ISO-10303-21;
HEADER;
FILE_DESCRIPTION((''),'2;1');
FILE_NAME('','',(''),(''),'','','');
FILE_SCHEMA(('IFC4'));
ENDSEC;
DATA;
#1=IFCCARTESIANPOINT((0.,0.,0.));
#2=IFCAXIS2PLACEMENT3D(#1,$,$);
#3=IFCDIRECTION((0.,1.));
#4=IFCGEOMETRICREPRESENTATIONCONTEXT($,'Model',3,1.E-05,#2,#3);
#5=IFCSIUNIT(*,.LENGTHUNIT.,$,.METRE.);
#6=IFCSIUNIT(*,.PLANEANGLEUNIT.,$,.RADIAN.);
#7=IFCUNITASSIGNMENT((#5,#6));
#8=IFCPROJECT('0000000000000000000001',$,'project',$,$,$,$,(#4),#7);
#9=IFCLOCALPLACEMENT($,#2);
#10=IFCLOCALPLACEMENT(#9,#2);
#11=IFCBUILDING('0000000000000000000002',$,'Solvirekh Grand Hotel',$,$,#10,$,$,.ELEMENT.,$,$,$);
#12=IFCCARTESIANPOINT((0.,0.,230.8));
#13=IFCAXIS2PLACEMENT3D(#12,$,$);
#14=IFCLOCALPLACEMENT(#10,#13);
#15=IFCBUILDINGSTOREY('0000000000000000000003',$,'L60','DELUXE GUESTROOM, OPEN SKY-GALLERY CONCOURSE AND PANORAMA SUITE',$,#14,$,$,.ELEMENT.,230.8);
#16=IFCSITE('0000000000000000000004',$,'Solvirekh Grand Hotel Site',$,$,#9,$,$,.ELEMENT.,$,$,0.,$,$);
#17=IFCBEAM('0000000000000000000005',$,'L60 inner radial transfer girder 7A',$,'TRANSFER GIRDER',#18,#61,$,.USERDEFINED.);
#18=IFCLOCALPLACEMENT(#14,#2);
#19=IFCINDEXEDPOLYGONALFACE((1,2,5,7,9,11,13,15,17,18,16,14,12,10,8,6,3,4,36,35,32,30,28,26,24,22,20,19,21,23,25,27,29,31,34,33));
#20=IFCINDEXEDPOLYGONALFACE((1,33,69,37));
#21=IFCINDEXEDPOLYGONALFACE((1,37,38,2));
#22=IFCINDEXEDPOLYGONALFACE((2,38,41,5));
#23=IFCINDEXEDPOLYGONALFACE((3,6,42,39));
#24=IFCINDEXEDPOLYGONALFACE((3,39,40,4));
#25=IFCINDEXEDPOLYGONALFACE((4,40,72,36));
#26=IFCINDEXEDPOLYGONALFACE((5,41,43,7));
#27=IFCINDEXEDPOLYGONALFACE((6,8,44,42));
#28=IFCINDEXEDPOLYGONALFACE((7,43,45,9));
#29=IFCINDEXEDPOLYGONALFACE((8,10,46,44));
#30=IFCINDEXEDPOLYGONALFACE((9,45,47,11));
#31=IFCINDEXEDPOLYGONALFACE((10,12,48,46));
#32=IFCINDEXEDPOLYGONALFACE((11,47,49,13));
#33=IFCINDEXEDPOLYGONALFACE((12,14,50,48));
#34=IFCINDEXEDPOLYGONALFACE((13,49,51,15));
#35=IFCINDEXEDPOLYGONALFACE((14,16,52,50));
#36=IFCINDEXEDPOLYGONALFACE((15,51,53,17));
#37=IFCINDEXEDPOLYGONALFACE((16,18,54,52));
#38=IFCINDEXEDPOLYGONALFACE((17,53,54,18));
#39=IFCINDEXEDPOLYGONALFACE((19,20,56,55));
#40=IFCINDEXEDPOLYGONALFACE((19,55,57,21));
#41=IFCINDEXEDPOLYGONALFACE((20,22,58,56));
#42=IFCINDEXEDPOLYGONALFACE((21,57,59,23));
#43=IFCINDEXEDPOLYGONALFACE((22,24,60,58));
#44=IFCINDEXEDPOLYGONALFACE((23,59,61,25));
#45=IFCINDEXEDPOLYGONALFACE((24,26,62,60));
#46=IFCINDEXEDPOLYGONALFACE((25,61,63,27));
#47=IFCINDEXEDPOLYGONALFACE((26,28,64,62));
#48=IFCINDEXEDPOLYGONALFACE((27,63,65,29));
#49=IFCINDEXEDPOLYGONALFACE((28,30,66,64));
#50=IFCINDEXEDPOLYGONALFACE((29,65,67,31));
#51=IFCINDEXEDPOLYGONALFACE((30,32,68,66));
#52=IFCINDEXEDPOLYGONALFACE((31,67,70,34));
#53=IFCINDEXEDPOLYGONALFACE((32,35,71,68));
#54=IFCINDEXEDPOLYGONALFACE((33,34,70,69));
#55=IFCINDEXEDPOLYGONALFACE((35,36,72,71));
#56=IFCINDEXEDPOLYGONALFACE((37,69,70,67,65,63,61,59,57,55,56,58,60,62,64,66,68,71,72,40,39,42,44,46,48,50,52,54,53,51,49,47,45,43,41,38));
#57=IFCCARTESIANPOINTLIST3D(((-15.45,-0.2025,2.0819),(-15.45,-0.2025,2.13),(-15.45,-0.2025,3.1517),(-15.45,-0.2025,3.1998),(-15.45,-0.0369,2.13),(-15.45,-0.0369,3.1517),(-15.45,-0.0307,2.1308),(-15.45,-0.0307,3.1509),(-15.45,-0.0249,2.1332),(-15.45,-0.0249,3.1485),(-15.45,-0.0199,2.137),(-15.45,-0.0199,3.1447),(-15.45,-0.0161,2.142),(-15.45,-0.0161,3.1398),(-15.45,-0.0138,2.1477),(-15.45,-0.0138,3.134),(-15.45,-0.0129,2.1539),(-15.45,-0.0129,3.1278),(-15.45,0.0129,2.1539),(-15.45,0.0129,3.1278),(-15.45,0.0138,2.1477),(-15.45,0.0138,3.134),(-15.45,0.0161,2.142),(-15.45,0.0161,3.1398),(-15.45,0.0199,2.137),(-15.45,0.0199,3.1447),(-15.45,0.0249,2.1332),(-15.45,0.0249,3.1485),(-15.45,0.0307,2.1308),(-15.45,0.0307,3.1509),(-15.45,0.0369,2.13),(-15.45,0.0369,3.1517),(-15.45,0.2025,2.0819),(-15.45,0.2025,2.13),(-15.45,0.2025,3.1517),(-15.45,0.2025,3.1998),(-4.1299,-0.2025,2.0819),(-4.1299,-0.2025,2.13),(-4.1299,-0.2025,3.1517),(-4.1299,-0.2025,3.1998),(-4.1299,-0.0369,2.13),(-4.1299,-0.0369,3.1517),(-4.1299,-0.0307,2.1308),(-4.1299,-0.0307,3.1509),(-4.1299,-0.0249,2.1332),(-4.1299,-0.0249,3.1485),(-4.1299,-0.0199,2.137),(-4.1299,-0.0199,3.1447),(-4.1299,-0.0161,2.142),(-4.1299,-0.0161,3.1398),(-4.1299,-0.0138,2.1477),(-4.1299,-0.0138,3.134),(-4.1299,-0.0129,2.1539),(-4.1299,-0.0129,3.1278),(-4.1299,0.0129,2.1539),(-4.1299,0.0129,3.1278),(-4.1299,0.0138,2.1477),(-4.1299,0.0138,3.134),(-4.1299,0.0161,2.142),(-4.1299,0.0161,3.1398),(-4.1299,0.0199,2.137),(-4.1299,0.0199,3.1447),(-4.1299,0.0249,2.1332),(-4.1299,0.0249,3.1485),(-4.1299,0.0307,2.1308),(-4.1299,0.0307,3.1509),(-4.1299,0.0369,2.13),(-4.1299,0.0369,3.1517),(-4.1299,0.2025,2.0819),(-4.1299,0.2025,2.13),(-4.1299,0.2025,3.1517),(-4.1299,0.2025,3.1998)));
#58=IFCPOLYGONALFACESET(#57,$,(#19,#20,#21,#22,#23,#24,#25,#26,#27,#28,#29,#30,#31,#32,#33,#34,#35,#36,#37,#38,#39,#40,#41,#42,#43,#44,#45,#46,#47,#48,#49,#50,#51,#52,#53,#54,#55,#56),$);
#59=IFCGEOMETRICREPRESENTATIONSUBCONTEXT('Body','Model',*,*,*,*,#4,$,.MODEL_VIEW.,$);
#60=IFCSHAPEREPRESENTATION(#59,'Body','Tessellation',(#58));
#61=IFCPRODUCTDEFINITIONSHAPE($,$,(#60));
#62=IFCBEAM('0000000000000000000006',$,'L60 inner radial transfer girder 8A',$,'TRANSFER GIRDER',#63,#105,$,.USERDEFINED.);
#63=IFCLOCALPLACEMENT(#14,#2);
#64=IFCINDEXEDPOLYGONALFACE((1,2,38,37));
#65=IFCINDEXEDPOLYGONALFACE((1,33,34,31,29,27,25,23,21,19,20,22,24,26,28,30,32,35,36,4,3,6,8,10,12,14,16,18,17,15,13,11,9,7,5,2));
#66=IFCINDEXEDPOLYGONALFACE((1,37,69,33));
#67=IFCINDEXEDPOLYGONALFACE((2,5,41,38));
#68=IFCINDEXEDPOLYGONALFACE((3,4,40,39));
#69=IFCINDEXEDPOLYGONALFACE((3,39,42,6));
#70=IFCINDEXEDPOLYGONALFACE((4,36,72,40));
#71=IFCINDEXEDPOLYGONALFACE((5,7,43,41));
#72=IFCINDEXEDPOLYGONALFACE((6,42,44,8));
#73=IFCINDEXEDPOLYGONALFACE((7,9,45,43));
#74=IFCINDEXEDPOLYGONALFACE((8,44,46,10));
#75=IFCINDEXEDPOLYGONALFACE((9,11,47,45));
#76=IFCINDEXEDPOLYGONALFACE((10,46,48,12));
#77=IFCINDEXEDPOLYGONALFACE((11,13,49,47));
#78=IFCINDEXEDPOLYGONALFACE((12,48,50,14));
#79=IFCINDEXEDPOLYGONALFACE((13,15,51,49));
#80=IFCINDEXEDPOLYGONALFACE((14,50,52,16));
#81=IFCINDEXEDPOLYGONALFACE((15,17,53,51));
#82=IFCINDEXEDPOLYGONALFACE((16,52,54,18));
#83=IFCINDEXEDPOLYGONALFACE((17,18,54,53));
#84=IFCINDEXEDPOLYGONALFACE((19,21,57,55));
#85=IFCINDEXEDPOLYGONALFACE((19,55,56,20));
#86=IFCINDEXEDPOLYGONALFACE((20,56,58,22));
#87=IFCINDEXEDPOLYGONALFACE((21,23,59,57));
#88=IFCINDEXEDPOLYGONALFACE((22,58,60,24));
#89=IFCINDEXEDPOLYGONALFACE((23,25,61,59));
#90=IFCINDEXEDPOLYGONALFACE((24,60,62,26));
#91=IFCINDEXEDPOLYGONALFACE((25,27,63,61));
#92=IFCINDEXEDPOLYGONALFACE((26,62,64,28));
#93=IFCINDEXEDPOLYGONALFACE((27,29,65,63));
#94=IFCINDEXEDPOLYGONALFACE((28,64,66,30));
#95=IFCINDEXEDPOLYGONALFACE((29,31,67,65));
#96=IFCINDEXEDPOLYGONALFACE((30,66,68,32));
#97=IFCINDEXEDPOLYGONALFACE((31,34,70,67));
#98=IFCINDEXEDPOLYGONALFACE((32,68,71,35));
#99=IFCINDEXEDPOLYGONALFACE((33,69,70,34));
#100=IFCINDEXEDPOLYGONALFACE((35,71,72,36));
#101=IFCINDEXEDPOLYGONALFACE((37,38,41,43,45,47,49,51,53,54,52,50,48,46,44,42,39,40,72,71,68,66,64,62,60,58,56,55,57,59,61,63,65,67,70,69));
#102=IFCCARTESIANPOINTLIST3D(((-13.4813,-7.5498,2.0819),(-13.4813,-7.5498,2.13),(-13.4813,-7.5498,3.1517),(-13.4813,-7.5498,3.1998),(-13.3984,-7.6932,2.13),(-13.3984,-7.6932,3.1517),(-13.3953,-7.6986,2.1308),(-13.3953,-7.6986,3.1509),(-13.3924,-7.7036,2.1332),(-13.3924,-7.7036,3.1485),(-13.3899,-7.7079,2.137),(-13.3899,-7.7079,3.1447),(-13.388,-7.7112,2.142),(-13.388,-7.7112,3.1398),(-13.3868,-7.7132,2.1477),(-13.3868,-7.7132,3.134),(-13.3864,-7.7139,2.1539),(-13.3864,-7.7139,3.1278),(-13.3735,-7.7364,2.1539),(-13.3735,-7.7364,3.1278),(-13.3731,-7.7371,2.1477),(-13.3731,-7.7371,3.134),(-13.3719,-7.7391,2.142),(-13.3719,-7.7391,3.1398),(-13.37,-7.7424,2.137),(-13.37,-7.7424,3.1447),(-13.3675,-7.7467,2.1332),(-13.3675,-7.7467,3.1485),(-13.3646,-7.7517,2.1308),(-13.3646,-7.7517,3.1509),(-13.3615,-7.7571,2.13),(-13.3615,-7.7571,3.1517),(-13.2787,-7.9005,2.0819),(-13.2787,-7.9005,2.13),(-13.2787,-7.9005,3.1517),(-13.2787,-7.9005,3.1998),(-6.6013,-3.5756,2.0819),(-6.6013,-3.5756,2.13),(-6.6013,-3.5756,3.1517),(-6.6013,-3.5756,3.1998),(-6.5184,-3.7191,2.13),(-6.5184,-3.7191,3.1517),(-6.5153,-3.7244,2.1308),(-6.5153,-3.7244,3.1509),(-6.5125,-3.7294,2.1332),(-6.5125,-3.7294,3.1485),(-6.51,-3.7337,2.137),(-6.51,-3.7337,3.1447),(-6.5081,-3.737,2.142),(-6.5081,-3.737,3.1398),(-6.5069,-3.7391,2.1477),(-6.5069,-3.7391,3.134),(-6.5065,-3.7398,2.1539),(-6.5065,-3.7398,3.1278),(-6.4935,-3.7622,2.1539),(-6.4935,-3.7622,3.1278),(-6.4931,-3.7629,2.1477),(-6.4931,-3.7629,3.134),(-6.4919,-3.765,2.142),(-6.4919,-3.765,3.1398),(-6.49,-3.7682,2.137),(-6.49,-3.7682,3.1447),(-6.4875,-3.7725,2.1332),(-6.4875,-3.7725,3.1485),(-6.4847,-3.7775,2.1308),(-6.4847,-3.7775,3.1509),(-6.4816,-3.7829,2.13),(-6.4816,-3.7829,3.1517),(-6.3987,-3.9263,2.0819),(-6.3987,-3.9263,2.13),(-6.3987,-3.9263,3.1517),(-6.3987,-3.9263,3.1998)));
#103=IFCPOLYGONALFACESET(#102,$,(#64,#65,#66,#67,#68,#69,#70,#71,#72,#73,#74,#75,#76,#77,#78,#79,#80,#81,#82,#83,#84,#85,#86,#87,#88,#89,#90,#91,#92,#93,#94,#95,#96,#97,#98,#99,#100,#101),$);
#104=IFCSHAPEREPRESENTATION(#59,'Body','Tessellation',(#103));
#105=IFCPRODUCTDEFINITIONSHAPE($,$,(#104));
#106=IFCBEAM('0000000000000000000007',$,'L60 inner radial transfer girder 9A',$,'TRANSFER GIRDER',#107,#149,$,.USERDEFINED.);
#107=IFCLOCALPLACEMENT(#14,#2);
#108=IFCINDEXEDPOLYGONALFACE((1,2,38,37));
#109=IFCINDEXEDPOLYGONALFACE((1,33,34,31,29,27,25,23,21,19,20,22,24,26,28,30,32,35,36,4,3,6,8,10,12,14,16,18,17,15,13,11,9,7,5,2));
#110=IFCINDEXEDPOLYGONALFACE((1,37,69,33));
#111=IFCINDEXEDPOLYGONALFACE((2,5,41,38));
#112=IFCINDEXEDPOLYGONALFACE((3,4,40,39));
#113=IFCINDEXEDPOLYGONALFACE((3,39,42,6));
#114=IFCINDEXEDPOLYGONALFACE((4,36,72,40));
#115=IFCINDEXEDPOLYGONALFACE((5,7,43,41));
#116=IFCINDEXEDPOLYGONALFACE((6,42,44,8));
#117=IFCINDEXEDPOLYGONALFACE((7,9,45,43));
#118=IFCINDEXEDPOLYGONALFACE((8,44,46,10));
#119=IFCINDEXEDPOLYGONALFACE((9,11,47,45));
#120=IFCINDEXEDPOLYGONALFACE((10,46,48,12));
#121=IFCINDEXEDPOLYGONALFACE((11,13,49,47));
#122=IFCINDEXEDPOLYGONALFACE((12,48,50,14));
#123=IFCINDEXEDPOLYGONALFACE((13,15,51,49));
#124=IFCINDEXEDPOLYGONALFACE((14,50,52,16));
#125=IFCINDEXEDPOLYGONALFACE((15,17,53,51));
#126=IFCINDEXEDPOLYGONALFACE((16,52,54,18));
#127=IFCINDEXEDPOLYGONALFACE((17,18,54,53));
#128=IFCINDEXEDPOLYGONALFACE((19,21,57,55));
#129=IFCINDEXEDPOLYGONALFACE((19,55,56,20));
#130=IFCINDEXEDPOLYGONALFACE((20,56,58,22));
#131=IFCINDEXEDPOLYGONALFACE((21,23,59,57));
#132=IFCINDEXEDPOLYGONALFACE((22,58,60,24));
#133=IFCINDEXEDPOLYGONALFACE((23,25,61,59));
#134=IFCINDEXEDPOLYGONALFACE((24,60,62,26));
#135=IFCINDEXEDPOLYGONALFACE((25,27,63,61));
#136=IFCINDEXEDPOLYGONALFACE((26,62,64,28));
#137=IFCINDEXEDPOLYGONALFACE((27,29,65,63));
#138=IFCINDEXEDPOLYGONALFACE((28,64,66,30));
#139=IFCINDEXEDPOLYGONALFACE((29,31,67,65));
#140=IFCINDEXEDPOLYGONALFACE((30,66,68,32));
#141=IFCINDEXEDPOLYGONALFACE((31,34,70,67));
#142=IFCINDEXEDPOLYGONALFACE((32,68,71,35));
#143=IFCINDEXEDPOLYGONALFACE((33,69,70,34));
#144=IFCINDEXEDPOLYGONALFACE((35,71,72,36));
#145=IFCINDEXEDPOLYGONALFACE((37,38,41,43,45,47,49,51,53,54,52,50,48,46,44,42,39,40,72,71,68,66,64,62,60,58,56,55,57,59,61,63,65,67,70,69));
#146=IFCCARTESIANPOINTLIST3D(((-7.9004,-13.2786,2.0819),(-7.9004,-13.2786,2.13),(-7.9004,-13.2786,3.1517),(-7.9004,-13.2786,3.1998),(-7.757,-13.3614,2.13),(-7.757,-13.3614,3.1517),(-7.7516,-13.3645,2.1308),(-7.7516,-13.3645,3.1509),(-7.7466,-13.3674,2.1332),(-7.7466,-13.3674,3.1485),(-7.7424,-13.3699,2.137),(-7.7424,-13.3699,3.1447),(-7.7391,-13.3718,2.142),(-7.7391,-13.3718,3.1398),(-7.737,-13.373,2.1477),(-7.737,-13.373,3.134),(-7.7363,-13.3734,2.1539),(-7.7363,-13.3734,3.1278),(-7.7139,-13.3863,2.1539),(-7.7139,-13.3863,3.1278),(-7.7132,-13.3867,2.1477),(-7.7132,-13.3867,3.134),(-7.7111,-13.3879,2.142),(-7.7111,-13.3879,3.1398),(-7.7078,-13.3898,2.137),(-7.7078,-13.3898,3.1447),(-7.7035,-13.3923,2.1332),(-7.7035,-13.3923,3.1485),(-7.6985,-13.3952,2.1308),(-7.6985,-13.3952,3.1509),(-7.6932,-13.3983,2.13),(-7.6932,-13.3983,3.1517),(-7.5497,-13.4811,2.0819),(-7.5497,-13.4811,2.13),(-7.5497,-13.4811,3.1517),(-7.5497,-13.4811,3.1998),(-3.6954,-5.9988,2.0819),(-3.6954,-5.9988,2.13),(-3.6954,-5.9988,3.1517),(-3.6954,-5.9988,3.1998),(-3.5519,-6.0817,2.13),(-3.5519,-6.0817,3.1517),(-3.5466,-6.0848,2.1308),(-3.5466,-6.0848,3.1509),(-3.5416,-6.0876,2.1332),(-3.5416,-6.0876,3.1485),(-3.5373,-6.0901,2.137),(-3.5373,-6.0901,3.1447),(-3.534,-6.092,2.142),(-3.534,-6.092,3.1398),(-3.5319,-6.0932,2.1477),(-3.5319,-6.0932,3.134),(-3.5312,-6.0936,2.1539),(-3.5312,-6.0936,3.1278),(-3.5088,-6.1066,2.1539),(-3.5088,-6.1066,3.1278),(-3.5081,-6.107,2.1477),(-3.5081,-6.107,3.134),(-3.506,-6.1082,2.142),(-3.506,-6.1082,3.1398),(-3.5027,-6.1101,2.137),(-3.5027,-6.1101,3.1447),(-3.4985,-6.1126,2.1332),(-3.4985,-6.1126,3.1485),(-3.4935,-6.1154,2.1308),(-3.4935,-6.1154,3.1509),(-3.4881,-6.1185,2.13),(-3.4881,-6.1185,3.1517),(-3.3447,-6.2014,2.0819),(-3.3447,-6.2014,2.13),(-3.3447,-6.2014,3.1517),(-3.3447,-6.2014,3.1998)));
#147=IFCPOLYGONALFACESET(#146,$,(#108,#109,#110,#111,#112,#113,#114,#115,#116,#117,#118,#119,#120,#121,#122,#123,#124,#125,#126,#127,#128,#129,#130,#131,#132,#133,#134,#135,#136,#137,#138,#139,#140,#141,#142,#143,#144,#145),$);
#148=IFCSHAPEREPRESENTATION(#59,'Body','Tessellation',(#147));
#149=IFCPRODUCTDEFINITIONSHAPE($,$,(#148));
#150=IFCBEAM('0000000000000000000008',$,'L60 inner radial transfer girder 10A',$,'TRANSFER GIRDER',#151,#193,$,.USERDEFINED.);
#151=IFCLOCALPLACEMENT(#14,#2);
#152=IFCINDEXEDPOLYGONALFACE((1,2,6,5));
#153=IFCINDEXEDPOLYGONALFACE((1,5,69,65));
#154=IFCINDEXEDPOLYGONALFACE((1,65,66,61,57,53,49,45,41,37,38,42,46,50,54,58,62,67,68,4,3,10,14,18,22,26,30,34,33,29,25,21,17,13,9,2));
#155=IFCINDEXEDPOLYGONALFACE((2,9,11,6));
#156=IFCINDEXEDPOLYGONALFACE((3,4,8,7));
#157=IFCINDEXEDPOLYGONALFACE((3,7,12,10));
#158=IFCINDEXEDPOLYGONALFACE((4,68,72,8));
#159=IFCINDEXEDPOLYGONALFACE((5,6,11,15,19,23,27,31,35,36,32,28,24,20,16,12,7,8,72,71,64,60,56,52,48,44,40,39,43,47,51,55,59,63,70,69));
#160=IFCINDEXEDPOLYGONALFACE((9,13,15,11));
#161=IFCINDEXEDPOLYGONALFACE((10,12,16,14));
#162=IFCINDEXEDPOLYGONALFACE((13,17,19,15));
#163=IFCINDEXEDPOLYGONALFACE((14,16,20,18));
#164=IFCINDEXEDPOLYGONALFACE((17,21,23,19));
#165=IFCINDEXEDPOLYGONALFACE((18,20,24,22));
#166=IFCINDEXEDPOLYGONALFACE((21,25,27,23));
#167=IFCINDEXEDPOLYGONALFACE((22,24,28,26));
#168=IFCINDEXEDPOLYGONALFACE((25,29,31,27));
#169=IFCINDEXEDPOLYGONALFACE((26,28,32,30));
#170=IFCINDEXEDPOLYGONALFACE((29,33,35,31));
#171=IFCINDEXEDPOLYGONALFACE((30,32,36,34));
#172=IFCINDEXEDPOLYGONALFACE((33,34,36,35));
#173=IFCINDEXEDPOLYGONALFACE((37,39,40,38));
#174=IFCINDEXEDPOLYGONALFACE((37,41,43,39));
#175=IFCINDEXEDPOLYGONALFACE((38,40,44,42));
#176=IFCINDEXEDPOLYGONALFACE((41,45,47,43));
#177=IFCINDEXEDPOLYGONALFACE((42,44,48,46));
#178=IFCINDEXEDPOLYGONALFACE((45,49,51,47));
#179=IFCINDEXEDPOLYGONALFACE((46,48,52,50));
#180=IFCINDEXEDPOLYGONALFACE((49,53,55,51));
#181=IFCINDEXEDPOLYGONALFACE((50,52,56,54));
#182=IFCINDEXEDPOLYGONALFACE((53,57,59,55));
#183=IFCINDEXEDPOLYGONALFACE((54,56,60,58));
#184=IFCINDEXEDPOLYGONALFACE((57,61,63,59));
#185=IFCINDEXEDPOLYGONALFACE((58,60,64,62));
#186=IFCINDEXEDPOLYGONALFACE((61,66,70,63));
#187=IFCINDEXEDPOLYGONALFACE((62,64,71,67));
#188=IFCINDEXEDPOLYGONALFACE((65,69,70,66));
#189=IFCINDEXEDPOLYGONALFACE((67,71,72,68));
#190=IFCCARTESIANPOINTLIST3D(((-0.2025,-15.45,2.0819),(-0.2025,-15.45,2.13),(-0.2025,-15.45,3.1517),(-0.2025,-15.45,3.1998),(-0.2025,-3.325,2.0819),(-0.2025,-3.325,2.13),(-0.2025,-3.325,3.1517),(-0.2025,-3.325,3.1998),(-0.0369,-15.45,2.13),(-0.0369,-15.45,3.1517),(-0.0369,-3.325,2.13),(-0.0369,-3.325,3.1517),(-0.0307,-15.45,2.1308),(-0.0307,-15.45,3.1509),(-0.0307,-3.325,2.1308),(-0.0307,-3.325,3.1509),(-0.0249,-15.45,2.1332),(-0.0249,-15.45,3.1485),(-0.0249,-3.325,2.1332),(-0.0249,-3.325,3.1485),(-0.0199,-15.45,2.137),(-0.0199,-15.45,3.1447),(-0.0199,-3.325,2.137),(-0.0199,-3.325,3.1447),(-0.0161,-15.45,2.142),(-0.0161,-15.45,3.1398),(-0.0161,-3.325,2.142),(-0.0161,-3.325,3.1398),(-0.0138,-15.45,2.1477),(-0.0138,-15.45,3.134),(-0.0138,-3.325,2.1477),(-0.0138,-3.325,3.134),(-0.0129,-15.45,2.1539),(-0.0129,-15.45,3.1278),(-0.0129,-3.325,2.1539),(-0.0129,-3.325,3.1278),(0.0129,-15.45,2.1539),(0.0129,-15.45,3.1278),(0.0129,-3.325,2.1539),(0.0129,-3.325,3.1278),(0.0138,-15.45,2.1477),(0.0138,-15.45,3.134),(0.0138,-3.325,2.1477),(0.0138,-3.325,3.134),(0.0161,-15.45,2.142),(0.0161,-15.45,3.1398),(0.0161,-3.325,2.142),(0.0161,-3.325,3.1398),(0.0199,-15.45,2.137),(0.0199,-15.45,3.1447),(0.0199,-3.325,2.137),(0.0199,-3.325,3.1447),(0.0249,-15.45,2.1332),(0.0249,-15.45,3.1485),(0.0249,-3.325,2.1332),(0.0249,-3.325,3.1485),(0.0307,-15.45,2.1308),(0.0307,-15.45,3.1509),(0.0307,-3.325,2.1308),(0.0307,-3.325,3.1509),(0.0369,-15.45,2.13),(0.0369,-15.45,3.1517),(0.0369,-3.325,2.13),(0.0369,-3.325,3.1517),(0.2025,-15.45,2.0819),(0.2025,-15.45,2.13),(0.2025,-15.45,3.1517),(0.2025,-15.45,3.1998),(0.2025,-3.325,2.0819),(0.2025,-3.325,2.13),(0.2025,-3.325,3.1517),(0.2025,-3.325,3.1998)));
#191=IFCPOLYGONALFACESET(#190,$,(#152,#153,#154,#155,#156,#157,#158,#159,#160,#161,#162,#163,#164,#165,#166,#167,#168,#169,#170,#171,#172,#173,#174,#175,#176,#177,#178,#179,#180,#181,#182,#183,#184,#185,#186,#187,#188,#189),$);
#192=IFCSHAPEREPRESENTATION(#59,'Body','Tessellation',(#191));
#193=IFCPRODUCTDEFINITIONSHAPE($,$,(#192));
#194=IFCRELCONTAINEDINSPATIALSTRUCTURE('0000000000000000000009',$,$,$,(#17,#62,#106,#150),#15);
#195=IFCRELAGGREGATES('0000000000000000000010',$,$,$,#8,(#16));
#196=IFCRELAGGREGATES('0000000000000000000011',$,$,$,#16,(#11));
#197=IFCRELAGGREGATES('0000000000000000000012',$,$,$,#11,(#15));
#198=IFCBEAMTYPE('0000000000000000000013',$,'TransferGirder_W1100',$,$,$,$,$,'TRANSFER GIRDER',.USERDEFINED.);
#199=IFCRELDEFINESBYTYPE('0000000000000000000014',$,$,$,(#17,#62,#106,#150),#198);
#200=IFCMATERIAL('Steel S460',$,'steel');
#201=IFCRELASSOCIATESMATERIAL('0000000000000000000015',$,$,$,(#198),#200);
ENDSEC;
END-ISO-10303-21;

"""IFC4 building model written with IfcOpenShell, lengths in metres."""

from ifc_helpers import new_model, si_unit, direction, frame, origin, origin_2d, place, context, subcontext, project, spatial, i_section, extrude, material, material_profile, profile_set, type_object, element, save


model = new_model("IFC4")

# Units and contexts
model_context = context("Model", 3, precision=1e-05, world=origin(), true_north=direction((0.0, 1.0)))
body_context = subcontext(model_context, "Body", "Model", "MODEL_VIEW")
ifc_project = project(units=[si_unit("LENGTHUNIT", "METRE"), si_unit("PLANEANGLEUNIT", "RADIAN")], contexts=[model_context])

# Site, building, storey
site_placement = place(None, origin())
site = spatial("IfcSite", under=ifc_project, at=site_placement, Name="Solvirekh Grand Hotel Site", CompositionType="ELEMENT", RefElevation=0.0)
building_placement = place(site_placement, origin())
building = spatial("IfcBuilding", under=site, at=building_placement, Name="Solvirekh Grand Hotel", CompositionType="ELEMENT")
storey_placement = place(building_placement, frame((0.0, 0.0, 230.8)))
storey = spatial("IfcBuildingStorey", under=building, at=storey_placement, Name="L60", Description="DELUXE GUESTROOM, OPEN SKY-GALLERY CONCOURSE AND PANORAMA SUITE", CompositionType="ELEMENT", Elevation=230.8)

# Beams
ifc_material_1 = material(Name="Steel S460", Category="steel")
ifc_material_profile = material_profile(ifc_material_1, i_section(OverallWidth=0.405, OverallDepth=1.1179, WebThickness=0.0259, FlangeThickness=0.0481, FilletRadius=0.0239, at=origin_2d()), Name="W1100X499")
ifc_profile_set = profile_set([ifc_material_profile], Name="Steel S460")
beam_type = type_object("IfcBeamType", Name="TransferGirder_W1100", ElementType="TRANSFER GIRDER", PredefinedType="USERDEFINED", material=ifc_profile_set)
beam_1_placement = place(storey_placement, frame((-4.1299, 0.0, 2.6409), z_axis=(-1.0, 0.0, 0.0), x_axis=(0.0, -1.0, 0.0)))
element("IfcBeam", 1, at=beam_1_placement, inside=storey, type_object=beam_type, Name="L60 inner radial transfer girder 7A", ObjectType="TRANSFER GIRDER", PredefinedType="USERDEFINED", context=body_context, shape_type="SweptSolid", body=[
    extrude(i_section(OverallWidth=0.405, OverallDepth=1.1179, WebThickness=0.0259, FlangeThickness=0.0481, FilletRadius=0.0239, at=origin_2d()), origin(), (0.0, 0.0, 1.0), 11.3201),
])
beam_2_placement = place(storey_placement, frame((-6.5, -3.751, 2.6409), z_axis=(-0.865915, -0.500191, 0.0), x_axis=(0.500191, -0.865915, 0.0)))
element("IfcBeam", 2, at=beam_2_placement, inside=storey, type_object=beam_type, Name="L60 inner radial transfer girder 8A", ObjectType="TRANSFER GIRDER", PredefinedType="USERDEFINED", context=body_context, shape_type="SweptSolid", body=[
    extrude(i_section(OverallWidth=0.405, OverallDepth=1.1179, WebThickness=0.0259, FlangeThickness=0.0481, FilletRadius=0.0239, at=origin_2d()), origin(), (0.0, 0.0, 1.0), 7.9453),
])
beam_3_placement = place(storey_placement, frame((-3.52, -6.1001, 2.6409), z_axis=(-0.500187, -0.865918, 0.0), x_axis=(0.865918, -0.500187, 0.0)))
element("IfcBeam", 3, at=beam_3_placement, inside=storey, type_object=beam_type, Name="L60 inner radial transfer girder 9A", ObjectType="TRANSFER GIRDER", PredefinedType="USERDEFINED", context=body_context, shape_type="SweptSolid", body=[
    extrude(i_section(OverallWidth=0.405, OverallDepth=1.1179, WebThickness=0.0259, FlangeThickness=0.0481, FilletRadius=0.0239, at=origin_2d()), origin(), (0.0, 0.0, 1.0), 8.407),
])
beam_4_placement = place(storey_placement, frame((0.0, -3.325, 2.6409), z_axis=(0.0, -1.0, 0.0), x_axis=(1.0, 0.0, 0.0)))
element("IfcBeam", 4, at=beam_4_placement, inside=storey, type_object=beam_type, Name="L60 inner radial transfer girder 10A", ObjectType="TRANSFER GIRDER", PredefinedType="USERDEFINED", context=body_context, shape_type="SweptSolid", body=[
    extrude(i_section(OverallWidth=0.405, OverallDepth=1.1179, WebThickness=0.0259, FlangeThickness=0.0481, FilletRadius=0.0239, at=origin_2d()), origin(), (0.0, 0.0, 1.0), 12.125),
])

save(model, "model.ifc")
